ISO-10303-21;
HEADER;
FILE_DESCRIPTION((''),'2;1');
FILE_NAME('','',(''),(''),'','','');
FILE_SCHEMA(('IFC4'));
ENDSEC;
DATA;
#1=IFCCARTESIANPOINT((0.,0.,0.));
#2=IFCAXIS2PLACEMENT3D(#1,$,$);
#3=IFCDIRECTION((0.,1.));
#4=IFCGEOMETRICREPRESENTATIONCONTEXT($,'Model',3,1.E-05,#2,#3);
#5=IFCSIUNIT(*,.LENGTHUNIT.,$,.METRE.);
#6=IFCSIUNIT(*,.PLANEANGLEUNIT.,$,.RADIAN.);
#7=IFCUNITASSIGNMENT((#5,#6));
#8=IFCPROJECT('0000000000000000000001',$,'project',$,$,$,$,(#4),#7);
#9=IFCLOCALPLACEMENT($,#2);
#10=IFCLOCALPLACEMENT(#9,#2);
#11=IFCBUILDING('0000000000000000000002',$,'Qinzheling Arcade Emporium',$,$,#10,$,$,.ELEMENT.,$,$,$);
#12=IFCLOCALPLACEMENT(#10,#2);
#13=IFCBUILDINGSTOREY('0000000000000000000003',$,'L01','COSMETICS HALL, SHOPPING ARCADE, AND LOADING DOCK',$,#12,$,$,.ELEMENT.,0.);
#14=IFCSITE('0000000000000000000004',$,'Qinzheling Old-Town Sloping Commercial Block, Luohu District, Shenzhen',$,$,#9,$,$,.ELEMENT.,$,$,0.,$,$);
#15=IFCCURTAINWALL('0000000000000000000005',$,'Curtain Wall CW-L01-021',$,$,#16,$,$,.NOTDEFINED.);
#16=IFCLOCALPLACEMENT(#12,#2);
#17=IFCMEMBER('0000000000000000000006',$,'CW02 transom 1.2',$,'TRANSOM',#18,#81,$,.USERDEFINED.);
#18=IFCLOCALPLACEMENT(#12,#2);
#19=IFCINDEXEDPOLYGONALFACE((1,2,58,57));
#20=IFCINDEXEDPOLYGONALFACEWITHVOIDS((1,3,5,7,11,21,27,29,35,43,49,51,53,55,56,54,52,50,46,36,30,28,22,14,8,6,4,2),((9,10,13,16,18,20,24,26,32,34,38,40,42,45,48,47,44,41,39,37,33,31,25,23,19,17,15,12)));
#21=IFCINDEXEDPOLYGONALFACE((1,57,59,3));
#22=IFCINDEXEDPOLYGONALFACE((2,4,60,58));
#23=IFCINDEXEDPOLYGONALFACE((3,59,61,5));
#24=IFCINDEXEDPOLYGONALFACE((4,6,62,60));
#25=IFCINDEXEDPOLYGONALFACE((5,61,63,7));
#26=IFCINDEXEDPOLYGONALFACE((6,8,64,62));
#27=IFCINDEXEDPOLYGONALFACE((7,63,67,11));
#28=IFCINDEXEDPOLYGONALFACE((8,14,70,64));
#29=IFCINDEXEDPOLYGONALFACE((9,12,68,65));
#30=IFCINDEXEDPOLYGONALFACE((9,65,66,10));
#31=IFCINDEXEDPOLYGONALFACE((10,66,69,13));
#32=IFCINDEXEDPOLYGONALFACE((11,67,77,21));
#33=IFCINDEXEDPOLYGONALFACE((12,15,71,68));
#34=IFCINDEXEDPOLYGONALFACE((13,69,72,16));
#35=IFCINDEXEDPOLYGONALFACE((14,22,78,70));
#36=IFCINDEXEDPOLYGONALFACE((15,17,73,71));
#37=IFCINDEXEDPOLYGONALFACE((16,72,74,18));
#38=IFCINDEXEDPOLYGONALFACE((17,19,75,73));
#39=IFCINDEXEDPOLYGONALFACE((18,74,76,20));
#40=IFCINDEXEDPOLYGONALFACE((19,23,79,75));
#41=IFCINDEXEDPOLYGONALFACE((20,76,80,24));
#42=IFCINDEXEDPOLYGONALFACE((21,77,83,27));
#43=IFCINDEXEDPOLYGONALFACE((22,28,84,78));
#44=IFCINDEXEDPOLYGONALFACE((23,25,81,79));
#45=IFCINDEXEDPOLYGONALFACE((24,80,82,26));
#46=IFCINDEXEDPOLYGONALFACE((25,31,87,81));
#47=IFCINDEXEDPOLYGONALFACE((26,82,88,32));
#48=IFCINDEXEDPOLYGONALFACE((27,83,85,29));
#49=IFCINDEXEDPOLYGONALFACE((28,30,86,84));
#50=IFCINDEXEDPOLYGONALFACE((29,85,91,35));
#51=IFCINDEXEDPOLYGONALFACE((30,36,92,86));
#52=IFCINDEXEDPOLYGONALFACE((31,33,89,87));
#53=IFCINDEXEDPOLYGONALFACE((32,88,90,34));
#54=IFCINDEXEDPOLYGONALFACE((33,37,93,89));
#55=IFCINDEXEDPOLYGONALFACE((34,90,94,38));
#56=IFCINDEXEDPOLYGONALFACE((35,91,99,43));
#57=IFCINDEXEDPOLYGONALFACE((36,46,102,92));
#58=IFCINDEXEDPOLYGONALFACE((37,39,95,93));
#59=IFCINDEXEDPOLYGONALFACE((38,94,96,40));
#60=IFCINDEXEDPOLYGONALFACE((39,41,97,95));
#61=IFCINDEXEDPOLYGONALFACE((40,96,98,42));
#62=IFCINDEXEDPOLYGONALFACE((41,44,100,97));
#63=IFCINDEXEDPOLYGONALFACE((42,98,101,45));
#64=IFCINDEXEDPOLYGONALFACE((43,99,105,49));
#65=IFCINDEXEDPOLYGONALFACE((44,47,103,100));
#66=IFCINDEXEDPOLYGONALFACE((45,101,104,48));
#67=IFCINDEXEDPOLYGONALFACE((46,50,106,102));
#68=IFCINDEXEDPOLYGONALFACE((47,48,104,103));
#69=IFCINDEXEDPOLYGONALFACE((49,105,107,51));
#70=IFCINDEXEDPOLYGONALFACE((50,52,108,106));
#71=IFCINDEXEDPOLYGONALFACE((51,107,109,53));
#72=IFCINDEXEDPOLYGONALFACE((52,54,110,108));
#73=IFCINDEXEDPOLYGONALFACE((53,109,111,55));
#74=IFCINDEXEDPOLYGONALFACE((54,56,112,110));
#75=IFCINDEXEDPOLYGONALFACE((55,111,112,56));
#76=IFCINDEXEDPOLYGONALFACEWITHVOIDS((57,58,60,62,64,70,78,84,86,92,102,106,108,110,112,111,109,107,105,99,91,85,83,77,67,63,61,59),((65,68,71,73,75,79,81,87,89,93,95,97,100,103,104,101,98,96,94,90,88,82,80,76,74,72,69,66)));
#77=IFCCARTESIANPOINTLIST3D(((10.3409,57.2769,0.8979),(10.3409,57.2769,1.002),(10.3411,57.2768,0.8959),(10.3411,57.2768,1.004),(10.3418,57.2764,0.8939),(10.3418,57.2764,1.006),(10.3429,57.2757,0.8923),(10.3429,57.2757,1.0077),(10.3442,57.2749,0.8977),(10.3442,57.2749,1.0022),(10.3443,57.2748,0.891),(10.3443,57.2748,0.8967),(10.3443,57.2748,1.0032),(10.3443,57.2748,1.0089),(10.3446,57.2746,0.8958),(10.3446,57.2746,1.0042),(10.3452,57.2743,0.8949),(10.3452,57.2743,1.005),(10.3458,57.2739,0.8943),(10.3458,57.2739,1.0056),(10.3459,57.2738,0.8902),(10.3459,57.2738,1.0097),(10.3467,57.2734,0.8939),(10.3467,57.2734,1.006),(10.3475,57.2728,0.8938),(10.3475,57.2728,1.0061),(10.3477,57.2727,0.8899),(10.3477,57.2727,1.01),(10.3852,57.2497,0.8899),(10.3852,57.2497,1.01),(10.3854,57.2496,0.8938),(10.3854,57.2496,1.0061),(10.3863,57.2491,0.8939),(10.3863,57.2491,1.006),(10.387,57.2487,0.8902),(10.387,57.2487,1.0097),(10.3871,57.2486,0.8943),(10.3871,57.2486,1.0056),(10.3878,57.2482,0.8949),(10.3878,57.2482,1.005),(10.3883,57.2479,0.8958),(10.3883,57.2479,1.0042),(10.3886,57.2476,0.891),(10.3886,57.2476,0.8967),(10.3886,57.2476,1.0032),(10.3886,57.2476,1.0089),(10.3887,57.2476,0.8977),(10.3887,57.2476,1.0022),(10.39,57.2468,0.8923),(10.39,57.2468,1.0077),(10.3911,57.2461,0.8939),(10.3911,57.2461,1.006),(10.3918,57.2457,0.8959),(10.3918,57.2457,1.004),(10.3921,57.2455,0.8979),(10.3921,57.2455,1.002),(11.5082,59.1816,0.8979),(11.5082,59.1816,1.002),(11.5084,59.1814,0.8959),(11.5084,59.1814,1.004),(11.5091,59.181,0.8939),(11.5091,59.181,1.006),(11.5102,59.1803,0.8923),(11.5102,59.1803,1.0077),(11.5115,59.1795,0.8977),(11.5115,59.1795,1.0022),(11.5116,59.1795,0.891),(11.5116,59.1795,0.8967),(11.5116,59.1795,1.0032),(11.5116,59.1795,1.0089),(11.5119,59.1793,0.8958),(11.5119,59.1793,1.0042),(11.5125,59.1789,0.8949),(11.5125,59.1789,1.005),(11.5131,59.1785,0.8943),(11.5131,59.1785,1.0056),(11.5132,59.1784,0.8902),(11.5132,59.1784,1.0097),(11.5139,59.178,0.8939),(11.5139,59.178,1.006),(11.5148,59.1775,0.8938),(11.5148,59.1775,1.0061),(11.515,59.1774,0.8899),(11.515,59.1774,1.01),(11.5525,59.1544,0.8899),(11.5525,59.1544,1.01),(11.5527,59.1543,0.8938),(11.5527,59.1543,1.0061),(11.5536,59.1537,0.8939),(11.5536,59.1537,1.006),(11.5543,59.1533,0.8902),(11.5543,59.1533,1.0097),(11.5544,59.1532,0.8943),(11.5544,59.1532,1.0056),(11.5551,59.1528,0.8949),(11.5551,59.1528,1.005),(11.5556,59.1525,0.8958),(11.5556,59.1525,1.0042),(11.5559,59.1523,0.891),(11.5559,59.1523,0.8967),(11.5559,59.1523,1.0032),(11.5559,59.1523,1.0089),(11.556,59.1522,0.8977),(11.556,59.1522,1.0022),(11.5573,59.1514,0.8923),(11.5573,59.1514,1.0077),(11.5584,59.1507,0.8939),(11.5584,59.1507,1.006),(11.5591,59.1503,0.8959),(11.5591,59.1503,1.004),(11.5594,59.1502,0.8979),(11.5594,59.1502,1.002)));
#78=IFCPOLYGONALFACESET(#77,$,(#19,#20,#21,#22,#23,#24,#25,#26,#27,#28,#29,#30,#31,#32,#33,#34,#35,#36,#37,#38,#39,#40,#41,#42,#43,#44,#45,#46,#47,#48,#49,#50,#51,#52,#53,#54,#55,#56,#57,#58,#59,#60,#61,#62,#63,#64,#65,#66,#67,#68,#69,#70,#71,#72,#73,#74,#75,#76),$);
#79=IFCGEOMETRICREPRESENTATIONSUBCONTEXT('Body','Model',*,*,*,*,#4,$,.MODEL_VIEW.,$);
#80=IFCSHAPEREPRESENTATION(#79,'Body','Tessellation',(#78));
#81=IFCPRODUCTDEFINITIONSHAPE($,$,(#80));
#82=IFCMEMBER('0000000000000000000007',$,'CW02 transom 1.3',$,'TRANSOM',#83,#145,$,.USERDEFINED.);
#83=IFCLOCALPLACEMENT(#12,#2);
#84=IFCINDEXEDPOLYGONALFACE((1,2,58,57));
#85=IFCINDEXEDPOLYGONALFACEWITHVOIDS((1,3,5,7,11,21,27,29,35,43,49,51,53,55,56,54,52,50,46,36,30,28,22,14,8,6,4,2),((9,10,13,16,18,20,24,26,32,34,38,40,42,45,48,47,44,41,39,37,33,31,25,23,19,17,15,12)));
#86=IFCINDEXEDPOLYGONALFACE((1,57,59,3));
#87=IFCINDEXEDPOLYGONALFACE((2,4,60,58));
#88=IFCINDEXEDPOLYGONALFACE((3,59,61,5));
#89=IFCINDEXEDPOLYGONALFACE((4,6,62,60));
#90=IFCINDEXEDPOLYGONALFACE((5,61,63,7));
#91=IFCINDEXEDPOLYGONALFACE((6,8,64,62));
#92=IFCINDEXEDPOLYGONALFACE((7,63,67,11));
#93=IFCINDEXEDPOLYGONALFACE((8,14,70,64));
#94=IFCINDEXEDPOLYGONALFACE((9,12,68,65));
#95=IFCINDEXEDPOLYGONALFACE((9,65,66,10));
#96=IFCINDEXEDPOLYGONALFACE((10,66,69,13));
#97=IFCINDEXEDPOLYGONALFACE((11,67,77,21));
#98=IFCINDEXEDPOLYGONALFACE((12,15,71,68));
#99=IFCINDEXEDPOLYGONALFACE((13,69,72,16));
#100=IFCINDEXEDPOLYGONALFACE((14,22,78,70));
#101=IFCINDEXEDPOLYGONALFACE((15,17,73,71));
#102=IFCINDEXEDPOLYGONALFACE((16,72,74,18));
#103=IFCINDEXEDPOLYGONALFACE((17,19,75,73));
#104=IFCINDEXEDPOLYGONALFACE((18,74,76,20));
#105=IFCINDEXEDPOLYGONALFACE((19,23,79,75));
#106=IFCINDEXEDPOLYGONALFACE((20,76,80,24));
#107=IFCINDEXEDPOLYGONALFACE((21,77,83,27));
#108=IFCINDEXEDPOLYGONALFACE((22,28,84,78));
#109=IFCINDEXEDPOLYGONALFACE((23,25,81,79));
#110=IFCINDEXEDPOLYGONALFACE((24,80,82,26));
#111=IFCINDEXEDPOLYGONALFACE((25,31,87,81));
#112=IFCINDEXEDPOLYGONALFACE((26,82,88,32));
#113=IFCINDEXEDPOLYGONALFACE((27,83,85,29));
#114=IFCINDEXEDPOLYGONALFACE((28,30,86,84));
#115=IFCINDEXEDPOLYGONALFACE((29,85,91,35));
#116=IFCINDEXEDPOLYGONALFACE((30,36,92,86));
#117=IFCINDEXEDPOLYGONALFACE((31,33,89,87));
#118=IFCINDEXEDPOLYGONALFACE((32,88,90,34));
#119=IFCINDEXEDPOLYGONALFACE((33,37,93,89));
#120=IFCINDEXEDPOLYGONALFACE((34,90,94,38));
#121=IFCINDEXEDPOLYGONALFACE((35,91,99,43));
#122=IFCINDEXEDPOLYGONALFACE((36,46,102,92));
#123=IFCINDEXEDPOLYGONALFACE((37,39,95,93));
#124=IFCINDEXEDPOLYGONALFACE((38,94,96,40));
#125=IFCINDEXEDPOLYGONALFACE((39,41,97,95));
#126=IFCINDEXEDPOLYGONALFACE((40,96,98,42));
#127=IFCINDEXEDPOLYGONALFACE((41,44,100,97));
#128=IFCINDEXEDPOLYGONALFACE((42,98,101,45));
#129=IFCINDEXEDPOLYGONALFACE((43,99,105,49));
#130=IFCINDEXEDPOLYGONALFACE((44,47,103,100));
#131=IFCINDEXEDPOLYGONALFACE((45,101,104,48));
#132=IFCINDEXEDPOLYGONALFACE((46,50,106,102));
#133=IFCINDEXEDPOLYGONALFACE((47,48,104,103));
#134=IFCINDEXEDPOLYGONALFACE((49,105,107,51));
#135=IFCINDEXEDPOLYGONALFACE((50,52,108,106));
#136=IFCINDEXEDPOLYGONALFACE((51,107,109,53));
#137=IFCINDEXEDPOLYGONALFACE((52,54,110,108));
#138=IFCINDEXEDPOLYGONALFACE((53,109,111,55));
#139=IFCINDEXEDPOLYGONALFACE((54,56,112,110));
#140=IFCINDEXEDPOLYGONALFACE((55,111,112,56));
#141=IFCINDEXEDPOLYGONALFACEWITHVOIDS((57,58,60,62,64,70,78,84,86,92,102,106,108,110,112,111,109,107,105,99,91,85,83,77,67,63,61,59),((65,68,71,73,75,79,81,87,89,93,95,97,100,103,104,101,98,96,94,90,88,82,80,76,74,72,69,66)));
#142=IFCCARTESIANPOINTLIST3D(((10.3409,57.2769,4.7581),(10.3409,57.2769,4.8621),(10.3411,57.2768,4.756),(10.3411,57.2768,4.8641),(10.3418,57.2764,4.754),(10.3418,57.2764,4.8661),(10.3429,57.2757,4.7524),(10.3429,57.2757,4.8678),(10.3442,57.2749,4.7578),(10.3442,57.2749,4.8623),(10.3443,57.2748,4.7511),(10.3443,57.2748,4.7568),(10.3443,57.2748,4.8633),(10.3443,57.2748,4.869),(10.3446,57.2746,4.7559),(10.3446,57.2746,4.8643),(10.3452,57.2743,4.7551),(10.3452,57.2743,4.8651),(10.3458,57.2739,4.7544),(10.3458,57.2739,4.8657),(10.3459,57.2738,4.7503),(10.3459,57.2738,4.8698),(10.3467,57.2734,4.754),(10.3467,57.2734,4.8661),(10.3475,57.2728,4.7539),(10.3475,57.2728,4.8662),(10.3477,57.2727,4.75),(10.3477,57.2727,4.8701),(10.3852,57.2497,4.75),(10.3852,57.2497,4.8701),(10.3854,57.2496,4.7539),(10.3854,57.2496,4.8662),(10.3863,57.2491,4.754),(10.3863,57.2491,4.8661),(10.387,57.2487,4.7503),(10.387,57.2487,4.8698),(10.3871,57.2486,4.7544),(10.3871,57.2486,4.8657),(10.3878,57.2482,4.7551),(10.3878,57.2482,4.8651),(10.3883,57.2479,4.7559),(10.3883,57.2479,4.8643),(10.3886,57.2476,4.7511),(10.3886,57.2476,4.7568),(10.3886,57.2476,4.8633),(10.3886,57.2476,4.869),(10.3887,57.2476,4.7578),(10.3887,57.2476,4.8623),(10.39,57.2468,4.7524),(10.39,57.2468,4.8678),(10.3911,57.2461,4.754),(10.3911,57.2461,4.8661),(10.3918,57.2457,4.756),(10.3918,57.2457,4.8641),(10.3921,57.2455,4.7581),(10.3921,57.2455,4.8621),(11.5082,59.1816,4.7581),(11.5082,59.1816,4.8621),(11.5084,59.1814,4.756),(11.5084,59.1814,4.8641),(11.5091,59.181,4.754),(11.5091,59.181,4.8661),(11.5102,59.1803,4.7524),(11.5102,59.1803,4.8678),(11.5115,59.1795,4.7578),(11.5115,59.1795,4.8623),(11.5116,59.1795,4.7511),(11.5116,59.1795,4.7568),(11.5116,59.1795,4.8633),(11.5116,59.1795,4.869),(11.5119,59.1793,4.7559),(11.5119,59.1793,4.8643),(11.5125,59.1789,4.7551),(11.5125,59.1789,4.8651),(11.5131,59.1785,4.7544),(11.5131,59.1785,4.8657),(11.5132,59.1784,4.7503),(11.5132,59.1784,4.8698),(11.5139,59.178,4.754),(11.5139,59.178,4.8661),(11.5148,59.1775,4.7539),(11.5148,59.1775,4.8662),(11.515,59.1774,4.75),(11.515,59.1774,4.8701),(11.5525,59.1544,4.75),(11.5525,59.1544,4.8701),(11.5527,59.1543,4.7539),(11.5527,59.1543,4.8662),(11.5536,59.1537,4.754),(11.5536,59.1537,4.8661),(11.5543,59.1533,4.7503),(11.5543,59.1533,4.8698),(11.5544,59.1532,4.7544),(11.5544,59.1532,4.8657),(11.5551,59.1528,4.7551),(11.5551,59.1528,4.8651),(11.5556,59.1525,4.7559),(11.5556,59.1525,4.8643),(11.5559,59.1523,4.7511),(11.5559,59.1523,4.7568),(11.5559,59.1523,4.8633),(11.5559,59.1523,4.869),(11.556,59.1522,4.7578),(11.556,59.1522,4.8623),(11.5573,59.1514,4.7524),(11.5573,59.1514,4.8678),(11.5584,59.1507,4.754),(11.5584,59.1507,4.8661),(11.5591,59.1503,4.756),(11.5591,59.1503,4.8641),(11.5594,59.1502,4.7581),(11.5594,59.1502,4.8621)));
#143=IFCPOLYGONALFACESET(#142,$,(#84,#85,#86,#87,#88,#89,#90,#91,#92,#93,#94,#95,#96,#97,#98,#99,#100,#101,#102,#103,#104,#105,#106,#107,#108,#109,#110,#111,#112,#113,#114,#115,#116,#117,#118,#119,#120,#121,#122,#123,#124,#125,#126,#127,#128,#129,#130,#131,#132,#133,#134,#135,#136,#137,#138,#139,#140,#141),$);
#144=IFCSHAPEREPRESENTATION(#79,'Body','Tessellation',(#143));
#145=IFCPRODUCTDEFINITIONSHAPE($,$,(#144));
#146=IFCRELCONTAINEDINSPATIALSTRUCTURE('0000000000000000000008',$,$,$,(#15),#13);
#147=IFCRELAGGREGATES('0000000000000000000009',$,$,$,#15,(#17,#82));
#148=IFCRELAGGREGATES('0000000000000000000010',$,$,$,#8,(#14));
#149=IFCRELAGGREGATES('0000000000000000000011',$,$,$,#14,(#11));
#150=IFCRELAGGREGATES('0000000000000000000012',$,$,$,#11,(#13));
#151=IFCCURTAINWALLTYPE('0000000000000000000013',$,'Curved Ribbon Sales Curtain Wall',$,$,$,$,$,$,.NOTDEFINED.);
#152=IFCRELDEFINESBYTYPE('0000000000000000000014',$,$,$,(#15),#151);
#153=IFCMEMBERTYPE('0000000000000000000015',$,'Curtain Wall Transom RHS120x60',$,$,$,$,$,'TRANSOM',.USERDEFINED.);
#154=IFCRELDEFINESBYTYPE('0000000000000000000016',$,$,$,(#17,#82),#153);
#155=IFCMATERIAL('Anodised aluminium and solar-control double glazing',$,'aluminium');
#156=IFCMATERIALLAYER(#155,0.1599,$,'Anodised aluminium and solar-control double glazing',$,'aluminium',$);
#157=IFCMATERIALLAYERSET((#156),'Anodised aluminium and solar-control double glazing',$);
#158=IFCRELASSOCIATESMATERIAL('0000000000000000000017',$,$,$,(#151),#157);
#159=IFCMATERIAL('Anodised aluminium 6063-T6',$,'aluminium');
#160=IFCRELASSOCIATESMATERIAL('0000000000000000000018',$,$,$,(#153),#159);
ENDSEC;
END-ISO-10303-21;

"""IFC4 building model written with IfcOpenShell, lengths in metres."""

from ifc_helpers import new_model, si_unit, direction, frame, origin, origin_2d, place, context, subcontext, project, spatial, hollow_rectangle, extrude, material, layer, layer_set, material_profile, profile_set, type_object, element, aggregate, save


model = new_model("IFC4")

# Units and contexts
model_context = context("Model", 3, precision=1e-05, world=origin(), true_north=direction((0.0, 1.0)))
body_context = subcontext(model_context, "Body", "Model", "MODEL_VIEW")
ifc_project = project(units=[si_unit("LENGTHUNIT", "METRE"), si_unit("PLANEANGLEUNIT", "RADIAN")], contexts=[model_context])

# Site, building, storey
site_placement = place(None, origin())
site = spatial("IfcSite", under=ifc_project, at=site_placement, Name="Qinzheling Old-Town Sloping Commercial Block, Luohu District, Shenzhen", CompositionType="ELEMENT", RefElevation=0.0)
building_placement = place(site_placement, origin())
building = spatial("IfcBuilding", under=site, at=building_placement, Name="Qinzheling Arcade Emporium", CompositionType="ELEMENT")
storey_placement = place(building_placement, origin())
storey = spatial("IfcBuildingStorey", under=building, at=storey_placement, Name="L01", Description="COSMETICS HALL, SHOPPING ARCADE, AND LOADING DOCK", CompositionType="ELEMENT", Elevation=0.0)

# Shared definitions
ifc_material_1 = material(Name="Anodised aluminium and solar-control double glazing", Category="aluminium")
ifc_layer_1 = layer(ifc_material_1, 0.1599, Name="Anodised aluminium and solar-control double glazing", Category="aluminium")
ifc_layer_set_1 = layer_set([ifc_layer_1], Name="Anodised aluminium and solar-control double glazing")
curtain_wall_type = type_object("IfcCurtainWallType", Name="Curved Ribbon Sales Curtain Wall", PredefinedType="NOTDEFINED", material=ifc_layer_set_1)
ifc_material_2 = material(Name="Anodised aluminium 6063-T6", Category="aluminium")

# Curtain wall
curtain_wall_1_placement = place(storey_placement, origin())
curtain_wall_1 = element("IfcCurtainWall", 1, at=curtain_wall_1_placement, inside=storey, type_object=curtain_wall_type, Name="Curtain Wall CW-L01-021", PredefinedType="NOTDEFINED")

# Members
ifc_material_profile_1 = material_profile(ifc_material_2, hollow_rectangle(XDim=0.0601, YDim=0.1201, WallThickness=0.0039, InnerFilletRadius=0.0039, OuterFilletRadius=0.0081, at=origin_2d()), Name="RHS 120x60x4", Category="aluminium")
ifc_profile_set_1 = profile_set([ifc_material_profile_1], Name="Anodised aluminium 6063-T6")
member_type_1 = type_object("IfcMemberType", Name="Curtain Wall Transom RHS120x60", ElementType="TRANSOM", PredefinedType="USERDEFINED", material=ifc_profile_set_1)
member_1_placement = place(storey_placement, frame((10.3665, 57.2612, 0.95), z_axis=(0.522542, 0.852614, 0.0), x_axis=(-0.852614, 0.522542, 0.0)))
member_1 = element("IfcMember", 2, at=member_1_placement, type_object=member_type_1, Name="CW02 transom 1.2", ObjectType="TRANSOM", PredefinedType="USERDEFINED", context=body_context, shape_type="SweptSolid", body=[
    extrude(hollow_rectangle(XDim=0.0601, YDim=0.1201, WallThickness=0.0039, InnerFilletRadius=0.0039, OuterFilletRadius=0.0081, at=origin_2d()), origin(), (0.0, 0.0, 1.0), 2.2339),
])
member_2_placement = place(storey_placement, frame((10.3665, 57.2612, 4.8101), z_axis=(0.522542, 0.852614, 0.0), x_axis=(-0.852614, 0.522542, 0.0)))
member_2 = element("IfcMember", 3, at=member_2_placement, type_object=member_type_1, Name="CW02 transom 1.3", ObjectType="TRANSOM", PredefinedType="USERDEFINED", context=body_context, shape_type="SweptSolid", body=[
    extrude(hollow_rectangle(XDim=0.0601, YDim=0.1201, WallThickness=0.0039, InnerFilletRadius=0.0039, OuterFilletRadius=0.0081, at=origin_2d()), origin(), (0.0, 0.0, 1.0), 2.2339),
])

aggregate(curtain_wall_1, [member_1, member_2])

save(model, "model.ifc")
